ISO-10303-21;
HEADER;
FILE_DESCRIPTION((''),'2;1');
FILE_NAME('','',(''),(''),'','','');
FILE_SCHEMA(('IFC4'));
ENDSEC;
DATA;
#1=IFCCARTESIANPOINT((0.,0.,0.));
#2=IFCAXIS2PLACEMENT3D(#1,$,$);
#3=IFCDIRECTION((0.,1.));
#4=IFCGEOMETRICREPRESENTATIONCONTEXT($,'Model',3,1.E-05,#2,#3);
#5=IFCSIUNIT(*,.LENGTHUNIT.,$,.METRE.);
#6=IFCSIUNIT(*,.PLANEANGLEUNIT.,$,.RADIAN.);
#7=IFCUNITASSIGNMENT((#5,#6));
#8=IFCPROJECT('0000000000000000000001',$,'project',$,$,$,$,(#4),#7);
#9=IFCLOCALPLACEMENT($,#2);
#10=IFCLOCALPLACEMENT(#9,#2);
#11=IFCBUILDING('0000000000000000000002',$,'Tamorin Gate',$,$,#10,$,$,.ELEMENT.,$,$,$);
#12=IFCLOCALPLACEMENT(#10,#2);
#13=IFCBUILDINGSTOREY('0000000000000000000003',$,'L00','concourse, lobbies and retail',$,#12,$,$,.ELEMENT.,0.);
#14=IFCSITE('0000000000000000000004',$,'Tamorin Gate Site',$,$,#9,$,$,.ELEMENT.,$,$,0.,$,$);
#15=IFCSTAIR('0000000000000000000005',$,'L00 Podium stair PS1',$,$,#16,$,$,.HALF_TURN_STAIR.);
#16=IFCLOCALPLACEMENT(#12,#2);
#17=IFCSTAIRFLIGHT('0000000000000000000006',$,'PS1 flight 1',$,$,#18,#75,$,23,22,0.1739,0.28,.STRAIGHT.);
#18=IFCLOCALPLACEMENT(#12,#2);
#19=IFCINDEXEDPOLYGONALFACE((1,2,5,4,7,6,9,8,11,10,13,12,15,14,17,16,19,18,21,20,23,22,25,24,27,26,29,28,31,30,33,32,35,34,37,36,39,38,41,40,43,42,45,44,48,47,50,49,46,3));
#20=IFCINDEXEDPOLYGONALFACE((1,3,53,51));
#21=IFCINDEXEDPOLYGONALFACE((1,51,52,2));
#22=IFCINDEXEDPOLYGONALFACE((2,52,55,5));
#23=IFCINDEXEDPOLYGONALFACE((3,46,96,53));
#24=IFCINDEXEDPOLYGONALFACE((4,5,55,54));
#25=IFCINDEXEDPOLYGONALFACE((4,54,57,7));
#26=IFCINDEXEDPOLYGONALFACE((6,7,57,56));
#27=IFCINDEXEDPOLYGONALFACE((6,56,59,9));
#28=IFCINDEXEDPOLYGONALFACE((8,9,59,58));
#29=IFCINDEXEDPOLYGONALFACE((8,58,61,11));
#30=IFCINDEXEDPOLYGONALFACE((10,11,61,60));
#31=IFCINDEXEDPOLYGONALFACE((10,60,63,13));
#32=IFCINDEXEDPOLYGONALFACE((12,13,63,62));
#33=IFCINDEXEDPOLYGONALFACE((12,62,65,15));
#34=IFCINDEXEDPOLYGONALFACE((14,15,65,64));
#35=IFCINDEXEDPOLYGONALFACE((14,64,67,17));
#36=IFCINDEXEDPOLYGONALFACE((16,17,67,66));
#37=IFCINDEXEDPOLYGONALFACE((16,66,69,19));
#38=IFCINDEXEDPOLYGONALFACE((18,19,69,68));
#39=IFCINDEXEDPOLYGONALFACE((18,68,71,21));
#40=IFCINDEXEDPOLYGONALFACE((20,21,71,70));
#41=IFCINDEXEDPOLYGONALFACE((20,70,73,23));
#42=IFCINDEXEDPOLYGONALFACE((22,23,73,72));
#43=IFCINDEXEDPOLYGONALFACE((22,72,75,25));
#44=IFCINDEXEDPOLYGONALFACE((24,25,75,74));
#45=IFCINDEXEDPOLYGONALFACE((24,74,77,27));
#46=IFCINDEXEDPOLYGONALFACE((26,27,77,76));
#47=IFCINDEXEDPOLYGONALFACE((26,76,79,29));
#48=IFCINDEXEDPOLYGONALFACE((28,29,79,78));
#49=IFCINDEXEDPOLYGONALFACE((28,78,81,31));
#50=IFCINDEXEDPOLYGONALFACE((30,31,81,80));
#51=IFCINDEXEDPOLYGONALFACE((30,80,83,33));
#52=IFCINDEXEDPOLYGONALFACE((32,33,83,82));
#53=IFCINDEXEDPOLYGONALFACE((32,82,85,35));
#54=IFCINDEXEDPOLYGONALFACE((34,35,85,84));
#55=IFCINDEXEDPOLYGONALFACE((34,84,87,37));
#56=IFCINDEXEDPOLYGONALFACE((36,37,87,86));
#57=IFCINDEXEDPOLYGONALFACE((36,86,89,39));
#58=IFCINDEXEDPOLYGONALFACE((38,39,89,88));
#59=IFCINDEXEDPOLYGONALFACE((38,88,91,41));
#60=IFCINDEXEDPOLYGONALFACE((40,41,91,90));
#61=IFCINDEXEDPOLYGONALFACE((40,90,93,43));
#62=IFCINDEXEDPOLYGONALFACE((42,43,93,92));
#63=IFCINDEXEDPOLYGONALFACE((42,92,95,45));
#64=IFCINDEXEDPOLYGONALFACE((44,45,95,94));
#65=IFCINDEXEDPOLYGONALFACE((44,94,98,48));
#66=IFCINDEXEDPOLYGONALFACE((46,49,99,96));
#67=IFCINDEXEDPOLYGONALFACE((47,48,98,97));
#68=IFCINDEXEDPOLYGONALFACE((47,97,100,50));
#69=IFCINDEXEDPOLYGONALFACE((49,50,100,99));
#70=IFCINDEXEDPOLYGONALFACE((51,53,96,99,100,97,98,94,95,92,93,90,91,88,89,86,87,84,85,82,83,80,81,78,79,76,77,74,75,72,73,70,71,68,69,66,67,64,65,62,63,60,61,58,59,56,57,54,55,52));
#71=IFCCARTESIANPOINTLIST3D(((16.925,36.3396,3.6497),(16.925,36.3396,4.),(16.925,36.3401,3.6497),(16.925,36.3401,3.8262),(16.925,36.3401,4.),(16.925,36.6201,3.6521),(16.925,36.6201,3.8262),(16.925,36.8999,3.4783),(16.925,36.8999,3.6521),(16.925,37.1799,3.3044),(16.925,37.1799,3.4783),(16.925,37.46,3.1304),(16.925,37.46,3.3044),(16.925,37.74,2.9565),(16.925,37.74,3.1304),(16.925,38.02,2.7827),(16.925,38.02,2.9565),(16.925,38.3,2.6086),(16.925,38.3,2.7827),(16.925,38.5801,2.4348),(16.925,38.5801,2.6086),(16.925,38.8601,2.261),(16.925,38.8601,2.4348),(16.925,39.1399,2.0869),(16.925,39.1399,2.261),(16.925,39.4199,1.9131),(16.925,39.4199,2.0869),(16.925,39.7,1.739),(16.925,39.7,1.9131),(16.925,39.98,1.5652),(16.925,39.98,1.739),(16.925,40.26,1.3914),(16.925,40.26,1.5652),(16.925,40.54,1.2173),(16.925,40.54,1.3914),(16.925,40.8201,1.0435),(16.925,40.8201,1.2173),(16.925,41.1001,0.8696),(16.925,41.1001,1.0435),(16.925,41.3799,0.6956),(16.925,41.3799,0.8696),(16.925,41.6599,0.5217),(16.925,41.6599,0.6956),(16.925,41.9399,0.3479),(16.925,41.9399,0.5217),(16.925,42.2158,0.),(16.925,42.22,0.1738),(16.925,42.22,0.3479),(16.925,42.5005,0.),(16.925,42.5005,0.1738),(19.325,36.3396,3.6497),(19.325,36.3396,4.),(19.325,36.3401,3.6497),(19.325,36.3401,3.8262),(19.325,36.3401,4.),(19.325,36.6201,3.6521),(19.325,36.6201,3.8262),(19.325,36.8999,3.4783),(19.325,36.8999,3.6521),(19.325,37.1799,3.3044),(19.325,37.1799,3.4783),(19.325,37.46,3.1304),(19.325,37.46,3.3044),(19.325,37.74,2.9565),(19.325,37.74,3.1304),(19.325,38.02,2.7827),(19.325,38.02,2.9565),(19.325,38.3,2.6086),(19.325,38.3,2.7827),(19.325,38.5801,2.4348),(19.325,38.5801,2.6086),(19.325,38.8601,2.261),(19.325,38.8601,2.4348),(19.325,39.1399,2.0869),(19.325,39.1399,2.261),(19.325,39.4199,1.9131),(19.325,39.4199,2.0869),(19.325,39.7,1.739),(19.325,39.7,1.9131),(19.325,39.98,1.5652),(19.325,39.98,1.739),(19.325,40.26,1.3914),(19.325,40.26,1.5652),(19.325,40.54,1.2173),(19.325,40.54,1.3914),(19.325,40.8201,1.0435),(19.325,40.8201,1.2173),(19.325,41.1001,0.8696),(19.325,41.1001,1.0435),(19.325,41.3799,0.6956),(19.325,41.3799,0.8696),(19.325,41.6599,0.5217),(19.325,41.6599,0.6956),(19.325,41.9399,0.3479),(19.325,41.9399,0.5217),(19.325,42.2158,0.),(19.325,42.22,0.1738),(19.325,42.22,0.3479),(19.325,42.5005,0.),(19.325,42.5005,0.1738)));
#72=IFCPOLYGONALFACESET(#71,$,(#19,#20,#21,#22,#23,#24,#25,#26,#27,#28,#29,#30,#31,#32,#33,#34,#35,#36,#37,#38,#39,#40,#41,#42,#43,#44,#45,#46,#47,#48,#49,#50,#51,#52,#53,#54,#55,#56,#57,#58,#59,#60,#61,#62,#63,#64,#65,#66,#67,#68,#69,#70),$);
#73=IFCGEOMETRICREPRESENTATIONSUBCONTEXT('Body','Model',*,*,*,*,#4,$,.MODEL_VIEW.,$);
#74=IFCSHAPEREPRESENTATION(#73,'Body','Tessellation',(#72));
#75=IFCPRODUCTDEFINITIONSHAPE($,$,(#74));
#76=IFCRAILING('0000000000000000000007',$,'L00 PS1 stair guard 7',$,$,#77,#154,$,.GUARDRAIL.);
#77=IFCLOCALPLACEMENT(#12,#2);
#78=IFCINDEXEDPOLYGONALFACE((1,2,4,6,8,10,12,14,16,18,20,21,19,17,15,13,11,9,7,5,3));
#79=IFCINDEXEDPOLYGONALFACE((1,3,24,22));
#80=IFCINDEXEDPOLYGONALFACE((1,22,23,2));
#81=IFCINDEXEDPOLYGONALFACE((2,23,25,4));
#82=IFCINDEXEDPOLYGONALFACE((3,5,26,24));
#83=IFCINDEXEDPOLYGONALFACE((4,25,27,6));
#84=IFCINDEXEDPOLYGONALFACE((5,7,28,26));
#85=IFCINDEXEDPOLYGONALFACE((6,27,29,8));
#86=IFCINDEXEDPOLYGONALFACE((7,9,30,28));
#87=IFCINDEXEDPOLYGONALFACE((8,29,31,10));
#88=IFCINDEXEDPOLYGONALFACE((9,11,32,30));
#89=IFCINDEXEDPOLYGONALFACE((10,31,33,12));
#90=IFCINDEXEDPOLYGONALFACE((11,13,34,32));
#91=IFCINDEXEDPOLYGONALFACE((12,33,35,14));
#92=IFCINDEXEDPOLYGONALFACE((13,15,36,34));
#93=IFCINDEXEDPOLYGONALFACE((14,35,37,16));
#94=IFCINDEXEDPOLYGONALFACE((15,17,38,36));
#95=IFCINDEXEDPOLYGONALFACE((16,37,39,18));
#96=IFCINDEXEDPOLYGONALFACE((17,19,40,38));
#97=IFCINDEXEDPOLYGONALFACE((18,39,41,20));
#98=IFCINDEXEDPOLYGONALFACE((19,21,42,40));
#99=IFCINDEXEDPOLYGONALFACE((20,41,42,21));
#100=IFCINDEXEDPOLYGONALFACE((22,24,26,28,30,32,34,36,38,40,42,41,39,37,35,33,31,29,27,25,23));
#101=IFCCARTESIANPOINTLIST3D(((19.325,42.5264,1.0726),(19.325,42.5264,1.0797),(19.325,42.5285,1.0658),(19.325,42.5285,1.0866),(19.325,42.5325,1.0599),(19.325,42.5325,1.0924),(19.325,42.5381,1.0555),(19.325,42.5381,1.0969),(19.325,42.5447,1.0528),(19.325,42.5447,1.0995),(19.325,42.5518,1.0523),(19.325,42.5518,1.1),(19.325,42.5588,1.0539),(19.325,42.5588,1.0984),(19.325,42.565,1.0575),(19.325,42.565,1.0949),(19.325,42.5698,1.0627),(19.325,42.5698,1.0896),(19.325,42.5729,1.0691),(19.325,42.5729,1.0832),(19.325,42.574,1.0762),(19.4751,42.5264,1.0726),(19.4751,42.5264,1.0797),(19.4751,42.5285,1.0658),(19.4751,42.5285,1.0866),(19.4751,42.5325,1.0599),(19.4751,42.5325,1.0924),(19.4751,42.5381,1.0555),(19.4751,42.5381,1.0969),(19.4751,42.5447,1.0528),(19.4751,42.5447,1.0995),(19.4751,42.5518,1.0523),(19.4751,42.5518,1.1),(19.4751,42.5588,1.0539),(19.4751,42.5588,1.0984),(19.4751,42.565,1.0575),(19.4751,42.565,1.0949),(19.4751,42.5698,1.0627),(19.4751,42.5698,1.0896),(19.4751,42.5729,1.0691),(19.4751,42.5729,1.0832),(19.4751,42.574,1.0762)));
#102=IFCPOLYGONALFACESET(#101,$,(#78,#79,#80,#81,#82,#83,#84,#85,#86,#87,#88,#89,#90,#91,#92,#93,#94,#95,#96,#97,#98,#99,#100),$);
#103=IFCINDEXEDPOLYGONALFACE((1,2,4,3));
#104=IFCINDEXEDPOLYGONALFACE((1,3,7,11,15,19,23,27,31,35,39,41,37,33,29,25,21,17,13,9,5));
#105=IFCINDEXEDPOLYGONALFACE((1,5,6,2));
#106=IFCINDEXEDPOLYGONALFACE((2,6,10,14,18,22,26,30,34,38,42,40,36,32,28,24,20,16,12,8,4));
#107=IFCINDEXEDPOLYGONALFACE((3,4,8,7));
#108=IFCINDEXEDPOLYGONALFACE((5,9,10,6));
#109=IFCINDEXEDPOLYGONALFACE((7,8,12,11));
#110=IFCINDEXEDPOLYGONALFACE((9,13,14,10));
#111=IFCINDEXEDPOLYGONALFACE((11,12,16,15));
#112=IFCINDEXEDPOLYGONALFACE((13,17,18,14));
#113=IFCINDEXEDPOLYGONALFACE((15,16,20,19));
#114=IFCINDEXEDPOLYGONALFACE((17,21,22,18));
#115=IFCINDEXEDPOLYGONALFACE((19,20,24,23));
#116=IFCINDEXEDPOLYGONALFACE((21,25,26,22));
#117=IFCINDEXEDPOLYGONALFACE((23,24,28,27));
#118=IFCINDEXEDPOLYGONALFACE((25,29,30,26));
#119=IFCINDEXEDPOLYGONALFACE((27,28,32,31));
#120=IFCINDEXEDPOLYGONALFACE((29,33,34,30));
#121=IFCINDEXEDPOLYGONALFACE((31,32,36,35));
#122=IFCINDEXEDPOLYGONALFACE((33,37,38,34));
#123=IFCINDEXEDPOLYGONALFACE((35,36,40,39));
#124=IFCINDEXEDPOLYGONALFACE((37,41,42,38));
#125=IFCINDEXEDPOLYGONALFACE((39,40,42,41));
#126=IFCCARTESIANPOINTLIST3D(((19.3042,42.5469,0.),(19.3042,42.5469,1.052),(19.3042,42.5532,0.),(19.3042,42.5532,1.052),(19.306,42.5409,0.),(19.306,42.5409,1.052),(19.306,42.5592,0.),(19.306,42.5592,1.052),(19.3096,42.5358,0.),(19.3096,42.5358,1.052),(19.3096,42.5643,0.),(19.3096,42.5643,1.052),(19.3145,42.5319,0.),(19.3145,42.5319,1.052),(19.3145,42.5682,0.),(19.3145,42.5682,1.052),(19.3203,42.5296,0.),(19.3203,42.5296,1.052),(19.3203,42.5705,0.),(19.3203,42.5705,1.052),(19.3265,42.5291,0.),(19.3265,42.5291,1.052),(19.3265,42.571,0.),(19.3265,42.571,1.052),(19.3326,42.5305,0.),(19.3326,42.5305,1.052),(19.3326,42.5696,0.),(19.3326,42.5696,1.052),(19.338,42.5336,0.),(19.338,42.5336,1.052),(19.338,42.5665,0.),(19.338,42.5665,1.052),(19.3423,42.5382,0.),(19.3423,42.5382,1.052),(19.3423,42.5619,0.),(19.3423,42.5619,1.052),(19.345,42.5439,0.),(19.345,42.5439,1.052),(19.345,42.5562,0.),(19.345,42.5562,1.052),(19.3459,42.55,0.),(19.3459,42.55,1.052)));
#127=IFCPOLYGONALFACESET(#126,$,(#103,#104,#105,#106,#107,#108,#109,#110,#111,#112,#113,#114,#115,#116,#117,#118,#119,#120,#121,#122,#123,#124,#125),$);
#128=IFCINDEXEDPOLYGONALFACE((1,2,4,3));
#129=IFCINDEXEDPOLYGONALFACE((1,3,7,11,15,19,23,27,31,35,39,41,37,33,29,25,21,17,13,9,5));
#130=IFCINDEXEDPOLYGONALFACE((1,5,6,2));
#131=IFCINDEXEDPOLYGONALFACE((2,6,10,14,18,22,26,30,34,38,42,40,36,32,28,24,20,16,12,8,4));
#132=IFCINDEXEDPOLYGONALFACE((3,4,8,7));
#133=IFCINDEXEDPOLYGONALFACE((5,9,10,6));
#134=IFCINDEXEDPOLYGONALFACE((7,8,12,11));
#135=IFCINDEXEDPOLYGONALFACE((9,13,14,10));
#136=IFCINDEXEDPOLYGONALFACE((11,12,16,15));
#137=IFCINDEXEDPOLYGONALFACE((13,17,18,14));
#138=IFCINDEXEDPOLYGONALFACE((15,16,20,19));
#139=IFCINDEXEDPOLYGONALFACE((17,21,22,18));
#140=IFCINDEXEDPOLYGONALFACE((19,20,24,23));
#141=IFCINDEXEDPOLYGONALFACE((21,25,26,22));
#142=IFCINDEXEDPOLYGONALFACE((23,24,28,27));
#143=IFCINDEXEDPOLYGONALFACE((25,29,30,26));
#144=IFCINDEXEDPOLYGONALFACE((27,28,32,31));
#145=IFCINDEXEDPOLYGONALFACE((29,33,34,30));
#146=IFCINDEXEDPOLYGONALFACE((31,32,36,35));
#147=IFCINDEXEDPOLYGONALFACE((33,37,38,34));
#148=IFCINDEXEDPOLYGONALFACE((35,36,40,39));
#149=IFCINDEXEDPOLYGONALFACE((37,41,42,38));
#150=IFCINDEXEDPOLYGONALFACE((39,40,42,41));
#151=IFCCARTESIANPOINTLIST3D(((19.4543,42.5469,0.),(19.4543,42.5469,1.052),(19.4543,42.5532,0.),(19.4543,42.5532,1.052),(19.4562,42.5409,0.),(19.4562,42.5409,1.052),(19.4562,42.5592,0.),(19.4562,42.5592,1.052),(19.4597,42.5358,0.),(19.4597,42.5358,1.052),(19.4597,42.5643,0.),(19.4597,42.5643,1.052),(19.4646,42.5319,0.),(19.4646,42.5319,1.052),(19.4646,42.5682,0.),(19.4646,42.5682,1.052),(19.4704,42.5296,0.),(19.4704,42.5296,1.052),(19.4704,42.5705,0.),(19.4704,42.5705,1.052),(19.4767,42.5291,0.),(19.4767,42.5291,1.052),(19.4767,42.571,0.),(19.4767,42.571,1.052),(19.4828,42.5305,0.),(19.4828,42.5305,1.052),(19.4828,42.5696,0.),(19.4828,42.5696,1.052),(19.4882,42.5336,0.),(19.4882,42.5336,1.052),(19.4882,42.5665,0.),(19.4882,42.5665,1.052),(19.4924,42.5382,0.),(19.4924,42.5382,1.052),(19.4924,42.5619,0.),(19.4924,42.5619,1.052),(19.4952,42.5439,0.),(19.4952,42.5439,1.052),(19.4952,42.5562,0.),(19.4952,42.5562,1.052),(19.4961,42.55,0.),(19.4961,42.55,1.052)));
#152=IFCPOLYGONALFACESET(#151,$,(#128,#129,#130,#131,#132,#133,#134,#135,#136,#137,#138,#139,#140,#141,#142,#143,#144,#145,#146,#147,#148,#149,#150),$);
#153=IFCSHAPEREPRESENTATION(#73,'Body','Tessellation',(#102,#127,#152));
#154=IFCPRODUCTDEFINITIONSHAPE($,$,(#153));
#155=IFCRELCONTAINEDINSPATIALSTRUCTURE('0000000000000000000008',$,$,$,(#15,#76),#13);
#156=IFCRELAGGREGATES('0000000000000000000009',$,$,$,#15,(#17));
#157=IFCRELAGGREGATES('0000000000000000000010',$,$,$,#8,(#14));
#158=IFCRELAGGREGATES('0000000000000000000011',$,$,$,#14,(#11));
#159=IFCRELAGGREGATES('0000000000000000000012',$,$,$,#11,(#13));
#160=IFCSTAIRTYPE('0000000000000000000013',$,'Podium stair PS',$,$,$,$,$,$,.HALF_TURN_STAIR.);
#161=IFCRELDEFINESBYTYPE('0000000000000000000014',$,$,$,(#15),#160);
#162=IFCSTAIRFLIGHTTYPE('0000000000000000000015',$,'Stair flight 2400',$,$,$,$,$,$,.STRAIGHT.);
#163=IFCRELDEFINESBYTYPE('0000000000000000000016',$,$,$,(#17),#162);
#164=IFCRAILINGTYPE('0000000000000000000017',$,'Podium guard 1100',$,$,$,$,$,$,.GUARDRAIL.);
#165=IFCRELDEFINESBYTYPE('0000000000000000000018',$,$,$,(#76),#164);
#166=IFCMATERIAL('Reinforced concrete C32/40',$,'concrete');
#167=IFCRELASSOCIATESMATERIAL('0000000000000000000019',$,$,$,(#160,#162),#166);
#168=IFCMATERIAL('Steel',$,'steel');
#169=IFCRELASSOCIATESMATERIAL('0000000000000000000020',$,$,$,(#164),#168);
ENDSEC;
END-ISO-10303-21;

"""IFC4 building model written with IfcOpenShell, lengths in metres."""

from ifc_helpers import new_model, si_unit, direction, frame, origin, origin_2d, place, context, subcontext, project, spatial, polyline, circle, outline, extrude, material, type_object, element, aggregate, save


model = new_model("IFC4")

# Units and contexts
model_context = context("Model", 3, precision=1e-05, world=origin(), true_north=direction((0.0, 1.0)))
body_context = subcontext(model_context, "Body", "Model", "MODEL_VIEW")
ifc_project = project(units=[si_unit("LENGTHUNIT", "METRE"), si_unit("PLANEANGLEUNIT", "RADIAN")], contexts=[model_context])

# Site, building, storey
site_placement = place(None, origin())
site = spatial("IfcSite", under=ifc_project, at=site_placement, Name="Tamorin Gate Site", CompositionType="ELEMENT", RefElevation=0.0)
building_placement = place(site_placement, origin())
building = spatial("IfcBuilding", under=site, at=building_placement, Name="Tamorin Gate", CompositionType="ELEMENT")
storey_placement = place(building_placement, origin())
storey = spatial("IfcBuildingStorey", under=building, at=storey_placement, Name="L00", Description="concourse, lobbies and retail", CompositionType="ELEMENT", Elevation=0.0)

# Stair, stair flight
ifc_material_1 = material(Name="Reinforced concrete C32/40", Category="concrete")
stair_type = type_object("IfcStairType", Name="Podium stair PS", PredefinedType="HALF_TURN_STAIR", material=ifc_material_1)
stair_placement = place(storey_placement, origin())
stair = element("IfcStair", 1, at=stair_placement, inside=storey, type_object=stair_type, Name="L00 Podium stair PS1", PredefinedType="HALF_TURN_STAIR")
stair_flight_type = type_object("IfcStairFlightType", Name="Stair flight 2400", PredefinedType="STRAIGHT", material=ifc_material_1)
stair_flight_placement = place(storey_placement, frame((18.125, 42.5, 0.0), z_axis=(0.0, 0.0, 1.0), x_axis=(0.0, -1.0, 0.0)))
stair_flight = element("IfcStairFlight", 2, at=stair_flight_placement, type_object=stair_flight_type, Name="PS1 flight 1", NumberOfRisers=23, NumberOfTreads=22, PredefinedType="STRAIGHT", RiserHeight=0.1739, TreadLength=0.28, context=body_context, shape_type="SweptSolid", body=[
    extrude(outline(polyline([(-0.0005, 0.0), (-0.0005, 0.1738), (0.28, 0.1738), (0.28, 0.3479), (0.5601, 0.3479), (0.5601, 0.5217), (0.8401, 0.5217), (0.8401, 0.6956), (1.1201, 0.6956), (1.1201, 0.8696), (1.3999, 0.8696), (1.3999, 1.0435), (1.6799, 1.0435), (1.6799, 1.2173), (1.96, 1.2173), (1.96, 1.3914), (2.24, 1.3914), (2.24, 1.5652), (2.52, 1.5652), (2.52, 1.739), (2.8, 1.739), (2.8, 1.9131), (3.0801, 1.9131), (3.0801, 2.0869), (3.3601, 2.0869), (3.3601, 2.261), (3.6399, 2.261), (3.6399, 2.4348), (3.9199, 2.4348), (3.9199, 2.6086), (4.2, 2.6086), (4.2, 2.7827), (4.48, 2.7827), (4.48, 2.9565), (4.76, 2.9565), (4.76, 3.1304), (5.04, 3.1304), (5.04, 3.3044), (5.3201, 3.3044), (5.3201, 3.4783), (5.6001, 3.4783), (5.6001, 3.6521), (5.8799, 3.6521), (5.8799, 3.8262), (6.1599, 3.8262), (6.1599, 4.0), (6.1604, 4.0), (6.1604, 3.6497), (6.1599, 3.6497), (0.2842, 0.0), (-0.0005, 0.0)])), frame((0.0, 1.2, 0.0), z_axis=(0.0, -1.0, 0.0), x_axis=(1.0, 0.0, 0.0)), (0.0, 0.0, 1.0), 2.3999),
])
aggregate(stair, [stair_flight])

# Railing
ifc_material_2 = material(Name="Steel", Category="steel")
railing_type_1 = type_object("IfcRailingType", Name="Podium guard 1100", PredefinedType="GUARDRAIL", material=ifc_material_2)
railing_1_placement = place(storey_placement, frame((19.325, 42.55, 0.0)))
element("IfcRailing", 3, at=railing_1_placement, inside=storey, type_object=railing_type_1, Name="L00 PS1 stair guard 7", PredefinedType="GUARDRAIL", context=body_context, shape_type="SweptSolid", body=[
    extrude(circle(Radius=0.0239, at=origin_2d()), frame((0.0, 0.0, 1.0762), z_axis=(1.0, 0.0, 0.0), x_axis=(0.0, 1.0, 0.0)), (0.0, 0.0, 1.0), 0.1501),
    extrude(circle(Radius=0.021, at=origin_2d()), origin(), (0.0, 0.0, 1.0), 1.052),
    extrude(circle(Radius=0.021, at=origin_2d()), frame((0.1501, 0.0, 0.0)), (0.0, 0.0, 1.0), 1.052),
])

save(model, "model.ifc")
